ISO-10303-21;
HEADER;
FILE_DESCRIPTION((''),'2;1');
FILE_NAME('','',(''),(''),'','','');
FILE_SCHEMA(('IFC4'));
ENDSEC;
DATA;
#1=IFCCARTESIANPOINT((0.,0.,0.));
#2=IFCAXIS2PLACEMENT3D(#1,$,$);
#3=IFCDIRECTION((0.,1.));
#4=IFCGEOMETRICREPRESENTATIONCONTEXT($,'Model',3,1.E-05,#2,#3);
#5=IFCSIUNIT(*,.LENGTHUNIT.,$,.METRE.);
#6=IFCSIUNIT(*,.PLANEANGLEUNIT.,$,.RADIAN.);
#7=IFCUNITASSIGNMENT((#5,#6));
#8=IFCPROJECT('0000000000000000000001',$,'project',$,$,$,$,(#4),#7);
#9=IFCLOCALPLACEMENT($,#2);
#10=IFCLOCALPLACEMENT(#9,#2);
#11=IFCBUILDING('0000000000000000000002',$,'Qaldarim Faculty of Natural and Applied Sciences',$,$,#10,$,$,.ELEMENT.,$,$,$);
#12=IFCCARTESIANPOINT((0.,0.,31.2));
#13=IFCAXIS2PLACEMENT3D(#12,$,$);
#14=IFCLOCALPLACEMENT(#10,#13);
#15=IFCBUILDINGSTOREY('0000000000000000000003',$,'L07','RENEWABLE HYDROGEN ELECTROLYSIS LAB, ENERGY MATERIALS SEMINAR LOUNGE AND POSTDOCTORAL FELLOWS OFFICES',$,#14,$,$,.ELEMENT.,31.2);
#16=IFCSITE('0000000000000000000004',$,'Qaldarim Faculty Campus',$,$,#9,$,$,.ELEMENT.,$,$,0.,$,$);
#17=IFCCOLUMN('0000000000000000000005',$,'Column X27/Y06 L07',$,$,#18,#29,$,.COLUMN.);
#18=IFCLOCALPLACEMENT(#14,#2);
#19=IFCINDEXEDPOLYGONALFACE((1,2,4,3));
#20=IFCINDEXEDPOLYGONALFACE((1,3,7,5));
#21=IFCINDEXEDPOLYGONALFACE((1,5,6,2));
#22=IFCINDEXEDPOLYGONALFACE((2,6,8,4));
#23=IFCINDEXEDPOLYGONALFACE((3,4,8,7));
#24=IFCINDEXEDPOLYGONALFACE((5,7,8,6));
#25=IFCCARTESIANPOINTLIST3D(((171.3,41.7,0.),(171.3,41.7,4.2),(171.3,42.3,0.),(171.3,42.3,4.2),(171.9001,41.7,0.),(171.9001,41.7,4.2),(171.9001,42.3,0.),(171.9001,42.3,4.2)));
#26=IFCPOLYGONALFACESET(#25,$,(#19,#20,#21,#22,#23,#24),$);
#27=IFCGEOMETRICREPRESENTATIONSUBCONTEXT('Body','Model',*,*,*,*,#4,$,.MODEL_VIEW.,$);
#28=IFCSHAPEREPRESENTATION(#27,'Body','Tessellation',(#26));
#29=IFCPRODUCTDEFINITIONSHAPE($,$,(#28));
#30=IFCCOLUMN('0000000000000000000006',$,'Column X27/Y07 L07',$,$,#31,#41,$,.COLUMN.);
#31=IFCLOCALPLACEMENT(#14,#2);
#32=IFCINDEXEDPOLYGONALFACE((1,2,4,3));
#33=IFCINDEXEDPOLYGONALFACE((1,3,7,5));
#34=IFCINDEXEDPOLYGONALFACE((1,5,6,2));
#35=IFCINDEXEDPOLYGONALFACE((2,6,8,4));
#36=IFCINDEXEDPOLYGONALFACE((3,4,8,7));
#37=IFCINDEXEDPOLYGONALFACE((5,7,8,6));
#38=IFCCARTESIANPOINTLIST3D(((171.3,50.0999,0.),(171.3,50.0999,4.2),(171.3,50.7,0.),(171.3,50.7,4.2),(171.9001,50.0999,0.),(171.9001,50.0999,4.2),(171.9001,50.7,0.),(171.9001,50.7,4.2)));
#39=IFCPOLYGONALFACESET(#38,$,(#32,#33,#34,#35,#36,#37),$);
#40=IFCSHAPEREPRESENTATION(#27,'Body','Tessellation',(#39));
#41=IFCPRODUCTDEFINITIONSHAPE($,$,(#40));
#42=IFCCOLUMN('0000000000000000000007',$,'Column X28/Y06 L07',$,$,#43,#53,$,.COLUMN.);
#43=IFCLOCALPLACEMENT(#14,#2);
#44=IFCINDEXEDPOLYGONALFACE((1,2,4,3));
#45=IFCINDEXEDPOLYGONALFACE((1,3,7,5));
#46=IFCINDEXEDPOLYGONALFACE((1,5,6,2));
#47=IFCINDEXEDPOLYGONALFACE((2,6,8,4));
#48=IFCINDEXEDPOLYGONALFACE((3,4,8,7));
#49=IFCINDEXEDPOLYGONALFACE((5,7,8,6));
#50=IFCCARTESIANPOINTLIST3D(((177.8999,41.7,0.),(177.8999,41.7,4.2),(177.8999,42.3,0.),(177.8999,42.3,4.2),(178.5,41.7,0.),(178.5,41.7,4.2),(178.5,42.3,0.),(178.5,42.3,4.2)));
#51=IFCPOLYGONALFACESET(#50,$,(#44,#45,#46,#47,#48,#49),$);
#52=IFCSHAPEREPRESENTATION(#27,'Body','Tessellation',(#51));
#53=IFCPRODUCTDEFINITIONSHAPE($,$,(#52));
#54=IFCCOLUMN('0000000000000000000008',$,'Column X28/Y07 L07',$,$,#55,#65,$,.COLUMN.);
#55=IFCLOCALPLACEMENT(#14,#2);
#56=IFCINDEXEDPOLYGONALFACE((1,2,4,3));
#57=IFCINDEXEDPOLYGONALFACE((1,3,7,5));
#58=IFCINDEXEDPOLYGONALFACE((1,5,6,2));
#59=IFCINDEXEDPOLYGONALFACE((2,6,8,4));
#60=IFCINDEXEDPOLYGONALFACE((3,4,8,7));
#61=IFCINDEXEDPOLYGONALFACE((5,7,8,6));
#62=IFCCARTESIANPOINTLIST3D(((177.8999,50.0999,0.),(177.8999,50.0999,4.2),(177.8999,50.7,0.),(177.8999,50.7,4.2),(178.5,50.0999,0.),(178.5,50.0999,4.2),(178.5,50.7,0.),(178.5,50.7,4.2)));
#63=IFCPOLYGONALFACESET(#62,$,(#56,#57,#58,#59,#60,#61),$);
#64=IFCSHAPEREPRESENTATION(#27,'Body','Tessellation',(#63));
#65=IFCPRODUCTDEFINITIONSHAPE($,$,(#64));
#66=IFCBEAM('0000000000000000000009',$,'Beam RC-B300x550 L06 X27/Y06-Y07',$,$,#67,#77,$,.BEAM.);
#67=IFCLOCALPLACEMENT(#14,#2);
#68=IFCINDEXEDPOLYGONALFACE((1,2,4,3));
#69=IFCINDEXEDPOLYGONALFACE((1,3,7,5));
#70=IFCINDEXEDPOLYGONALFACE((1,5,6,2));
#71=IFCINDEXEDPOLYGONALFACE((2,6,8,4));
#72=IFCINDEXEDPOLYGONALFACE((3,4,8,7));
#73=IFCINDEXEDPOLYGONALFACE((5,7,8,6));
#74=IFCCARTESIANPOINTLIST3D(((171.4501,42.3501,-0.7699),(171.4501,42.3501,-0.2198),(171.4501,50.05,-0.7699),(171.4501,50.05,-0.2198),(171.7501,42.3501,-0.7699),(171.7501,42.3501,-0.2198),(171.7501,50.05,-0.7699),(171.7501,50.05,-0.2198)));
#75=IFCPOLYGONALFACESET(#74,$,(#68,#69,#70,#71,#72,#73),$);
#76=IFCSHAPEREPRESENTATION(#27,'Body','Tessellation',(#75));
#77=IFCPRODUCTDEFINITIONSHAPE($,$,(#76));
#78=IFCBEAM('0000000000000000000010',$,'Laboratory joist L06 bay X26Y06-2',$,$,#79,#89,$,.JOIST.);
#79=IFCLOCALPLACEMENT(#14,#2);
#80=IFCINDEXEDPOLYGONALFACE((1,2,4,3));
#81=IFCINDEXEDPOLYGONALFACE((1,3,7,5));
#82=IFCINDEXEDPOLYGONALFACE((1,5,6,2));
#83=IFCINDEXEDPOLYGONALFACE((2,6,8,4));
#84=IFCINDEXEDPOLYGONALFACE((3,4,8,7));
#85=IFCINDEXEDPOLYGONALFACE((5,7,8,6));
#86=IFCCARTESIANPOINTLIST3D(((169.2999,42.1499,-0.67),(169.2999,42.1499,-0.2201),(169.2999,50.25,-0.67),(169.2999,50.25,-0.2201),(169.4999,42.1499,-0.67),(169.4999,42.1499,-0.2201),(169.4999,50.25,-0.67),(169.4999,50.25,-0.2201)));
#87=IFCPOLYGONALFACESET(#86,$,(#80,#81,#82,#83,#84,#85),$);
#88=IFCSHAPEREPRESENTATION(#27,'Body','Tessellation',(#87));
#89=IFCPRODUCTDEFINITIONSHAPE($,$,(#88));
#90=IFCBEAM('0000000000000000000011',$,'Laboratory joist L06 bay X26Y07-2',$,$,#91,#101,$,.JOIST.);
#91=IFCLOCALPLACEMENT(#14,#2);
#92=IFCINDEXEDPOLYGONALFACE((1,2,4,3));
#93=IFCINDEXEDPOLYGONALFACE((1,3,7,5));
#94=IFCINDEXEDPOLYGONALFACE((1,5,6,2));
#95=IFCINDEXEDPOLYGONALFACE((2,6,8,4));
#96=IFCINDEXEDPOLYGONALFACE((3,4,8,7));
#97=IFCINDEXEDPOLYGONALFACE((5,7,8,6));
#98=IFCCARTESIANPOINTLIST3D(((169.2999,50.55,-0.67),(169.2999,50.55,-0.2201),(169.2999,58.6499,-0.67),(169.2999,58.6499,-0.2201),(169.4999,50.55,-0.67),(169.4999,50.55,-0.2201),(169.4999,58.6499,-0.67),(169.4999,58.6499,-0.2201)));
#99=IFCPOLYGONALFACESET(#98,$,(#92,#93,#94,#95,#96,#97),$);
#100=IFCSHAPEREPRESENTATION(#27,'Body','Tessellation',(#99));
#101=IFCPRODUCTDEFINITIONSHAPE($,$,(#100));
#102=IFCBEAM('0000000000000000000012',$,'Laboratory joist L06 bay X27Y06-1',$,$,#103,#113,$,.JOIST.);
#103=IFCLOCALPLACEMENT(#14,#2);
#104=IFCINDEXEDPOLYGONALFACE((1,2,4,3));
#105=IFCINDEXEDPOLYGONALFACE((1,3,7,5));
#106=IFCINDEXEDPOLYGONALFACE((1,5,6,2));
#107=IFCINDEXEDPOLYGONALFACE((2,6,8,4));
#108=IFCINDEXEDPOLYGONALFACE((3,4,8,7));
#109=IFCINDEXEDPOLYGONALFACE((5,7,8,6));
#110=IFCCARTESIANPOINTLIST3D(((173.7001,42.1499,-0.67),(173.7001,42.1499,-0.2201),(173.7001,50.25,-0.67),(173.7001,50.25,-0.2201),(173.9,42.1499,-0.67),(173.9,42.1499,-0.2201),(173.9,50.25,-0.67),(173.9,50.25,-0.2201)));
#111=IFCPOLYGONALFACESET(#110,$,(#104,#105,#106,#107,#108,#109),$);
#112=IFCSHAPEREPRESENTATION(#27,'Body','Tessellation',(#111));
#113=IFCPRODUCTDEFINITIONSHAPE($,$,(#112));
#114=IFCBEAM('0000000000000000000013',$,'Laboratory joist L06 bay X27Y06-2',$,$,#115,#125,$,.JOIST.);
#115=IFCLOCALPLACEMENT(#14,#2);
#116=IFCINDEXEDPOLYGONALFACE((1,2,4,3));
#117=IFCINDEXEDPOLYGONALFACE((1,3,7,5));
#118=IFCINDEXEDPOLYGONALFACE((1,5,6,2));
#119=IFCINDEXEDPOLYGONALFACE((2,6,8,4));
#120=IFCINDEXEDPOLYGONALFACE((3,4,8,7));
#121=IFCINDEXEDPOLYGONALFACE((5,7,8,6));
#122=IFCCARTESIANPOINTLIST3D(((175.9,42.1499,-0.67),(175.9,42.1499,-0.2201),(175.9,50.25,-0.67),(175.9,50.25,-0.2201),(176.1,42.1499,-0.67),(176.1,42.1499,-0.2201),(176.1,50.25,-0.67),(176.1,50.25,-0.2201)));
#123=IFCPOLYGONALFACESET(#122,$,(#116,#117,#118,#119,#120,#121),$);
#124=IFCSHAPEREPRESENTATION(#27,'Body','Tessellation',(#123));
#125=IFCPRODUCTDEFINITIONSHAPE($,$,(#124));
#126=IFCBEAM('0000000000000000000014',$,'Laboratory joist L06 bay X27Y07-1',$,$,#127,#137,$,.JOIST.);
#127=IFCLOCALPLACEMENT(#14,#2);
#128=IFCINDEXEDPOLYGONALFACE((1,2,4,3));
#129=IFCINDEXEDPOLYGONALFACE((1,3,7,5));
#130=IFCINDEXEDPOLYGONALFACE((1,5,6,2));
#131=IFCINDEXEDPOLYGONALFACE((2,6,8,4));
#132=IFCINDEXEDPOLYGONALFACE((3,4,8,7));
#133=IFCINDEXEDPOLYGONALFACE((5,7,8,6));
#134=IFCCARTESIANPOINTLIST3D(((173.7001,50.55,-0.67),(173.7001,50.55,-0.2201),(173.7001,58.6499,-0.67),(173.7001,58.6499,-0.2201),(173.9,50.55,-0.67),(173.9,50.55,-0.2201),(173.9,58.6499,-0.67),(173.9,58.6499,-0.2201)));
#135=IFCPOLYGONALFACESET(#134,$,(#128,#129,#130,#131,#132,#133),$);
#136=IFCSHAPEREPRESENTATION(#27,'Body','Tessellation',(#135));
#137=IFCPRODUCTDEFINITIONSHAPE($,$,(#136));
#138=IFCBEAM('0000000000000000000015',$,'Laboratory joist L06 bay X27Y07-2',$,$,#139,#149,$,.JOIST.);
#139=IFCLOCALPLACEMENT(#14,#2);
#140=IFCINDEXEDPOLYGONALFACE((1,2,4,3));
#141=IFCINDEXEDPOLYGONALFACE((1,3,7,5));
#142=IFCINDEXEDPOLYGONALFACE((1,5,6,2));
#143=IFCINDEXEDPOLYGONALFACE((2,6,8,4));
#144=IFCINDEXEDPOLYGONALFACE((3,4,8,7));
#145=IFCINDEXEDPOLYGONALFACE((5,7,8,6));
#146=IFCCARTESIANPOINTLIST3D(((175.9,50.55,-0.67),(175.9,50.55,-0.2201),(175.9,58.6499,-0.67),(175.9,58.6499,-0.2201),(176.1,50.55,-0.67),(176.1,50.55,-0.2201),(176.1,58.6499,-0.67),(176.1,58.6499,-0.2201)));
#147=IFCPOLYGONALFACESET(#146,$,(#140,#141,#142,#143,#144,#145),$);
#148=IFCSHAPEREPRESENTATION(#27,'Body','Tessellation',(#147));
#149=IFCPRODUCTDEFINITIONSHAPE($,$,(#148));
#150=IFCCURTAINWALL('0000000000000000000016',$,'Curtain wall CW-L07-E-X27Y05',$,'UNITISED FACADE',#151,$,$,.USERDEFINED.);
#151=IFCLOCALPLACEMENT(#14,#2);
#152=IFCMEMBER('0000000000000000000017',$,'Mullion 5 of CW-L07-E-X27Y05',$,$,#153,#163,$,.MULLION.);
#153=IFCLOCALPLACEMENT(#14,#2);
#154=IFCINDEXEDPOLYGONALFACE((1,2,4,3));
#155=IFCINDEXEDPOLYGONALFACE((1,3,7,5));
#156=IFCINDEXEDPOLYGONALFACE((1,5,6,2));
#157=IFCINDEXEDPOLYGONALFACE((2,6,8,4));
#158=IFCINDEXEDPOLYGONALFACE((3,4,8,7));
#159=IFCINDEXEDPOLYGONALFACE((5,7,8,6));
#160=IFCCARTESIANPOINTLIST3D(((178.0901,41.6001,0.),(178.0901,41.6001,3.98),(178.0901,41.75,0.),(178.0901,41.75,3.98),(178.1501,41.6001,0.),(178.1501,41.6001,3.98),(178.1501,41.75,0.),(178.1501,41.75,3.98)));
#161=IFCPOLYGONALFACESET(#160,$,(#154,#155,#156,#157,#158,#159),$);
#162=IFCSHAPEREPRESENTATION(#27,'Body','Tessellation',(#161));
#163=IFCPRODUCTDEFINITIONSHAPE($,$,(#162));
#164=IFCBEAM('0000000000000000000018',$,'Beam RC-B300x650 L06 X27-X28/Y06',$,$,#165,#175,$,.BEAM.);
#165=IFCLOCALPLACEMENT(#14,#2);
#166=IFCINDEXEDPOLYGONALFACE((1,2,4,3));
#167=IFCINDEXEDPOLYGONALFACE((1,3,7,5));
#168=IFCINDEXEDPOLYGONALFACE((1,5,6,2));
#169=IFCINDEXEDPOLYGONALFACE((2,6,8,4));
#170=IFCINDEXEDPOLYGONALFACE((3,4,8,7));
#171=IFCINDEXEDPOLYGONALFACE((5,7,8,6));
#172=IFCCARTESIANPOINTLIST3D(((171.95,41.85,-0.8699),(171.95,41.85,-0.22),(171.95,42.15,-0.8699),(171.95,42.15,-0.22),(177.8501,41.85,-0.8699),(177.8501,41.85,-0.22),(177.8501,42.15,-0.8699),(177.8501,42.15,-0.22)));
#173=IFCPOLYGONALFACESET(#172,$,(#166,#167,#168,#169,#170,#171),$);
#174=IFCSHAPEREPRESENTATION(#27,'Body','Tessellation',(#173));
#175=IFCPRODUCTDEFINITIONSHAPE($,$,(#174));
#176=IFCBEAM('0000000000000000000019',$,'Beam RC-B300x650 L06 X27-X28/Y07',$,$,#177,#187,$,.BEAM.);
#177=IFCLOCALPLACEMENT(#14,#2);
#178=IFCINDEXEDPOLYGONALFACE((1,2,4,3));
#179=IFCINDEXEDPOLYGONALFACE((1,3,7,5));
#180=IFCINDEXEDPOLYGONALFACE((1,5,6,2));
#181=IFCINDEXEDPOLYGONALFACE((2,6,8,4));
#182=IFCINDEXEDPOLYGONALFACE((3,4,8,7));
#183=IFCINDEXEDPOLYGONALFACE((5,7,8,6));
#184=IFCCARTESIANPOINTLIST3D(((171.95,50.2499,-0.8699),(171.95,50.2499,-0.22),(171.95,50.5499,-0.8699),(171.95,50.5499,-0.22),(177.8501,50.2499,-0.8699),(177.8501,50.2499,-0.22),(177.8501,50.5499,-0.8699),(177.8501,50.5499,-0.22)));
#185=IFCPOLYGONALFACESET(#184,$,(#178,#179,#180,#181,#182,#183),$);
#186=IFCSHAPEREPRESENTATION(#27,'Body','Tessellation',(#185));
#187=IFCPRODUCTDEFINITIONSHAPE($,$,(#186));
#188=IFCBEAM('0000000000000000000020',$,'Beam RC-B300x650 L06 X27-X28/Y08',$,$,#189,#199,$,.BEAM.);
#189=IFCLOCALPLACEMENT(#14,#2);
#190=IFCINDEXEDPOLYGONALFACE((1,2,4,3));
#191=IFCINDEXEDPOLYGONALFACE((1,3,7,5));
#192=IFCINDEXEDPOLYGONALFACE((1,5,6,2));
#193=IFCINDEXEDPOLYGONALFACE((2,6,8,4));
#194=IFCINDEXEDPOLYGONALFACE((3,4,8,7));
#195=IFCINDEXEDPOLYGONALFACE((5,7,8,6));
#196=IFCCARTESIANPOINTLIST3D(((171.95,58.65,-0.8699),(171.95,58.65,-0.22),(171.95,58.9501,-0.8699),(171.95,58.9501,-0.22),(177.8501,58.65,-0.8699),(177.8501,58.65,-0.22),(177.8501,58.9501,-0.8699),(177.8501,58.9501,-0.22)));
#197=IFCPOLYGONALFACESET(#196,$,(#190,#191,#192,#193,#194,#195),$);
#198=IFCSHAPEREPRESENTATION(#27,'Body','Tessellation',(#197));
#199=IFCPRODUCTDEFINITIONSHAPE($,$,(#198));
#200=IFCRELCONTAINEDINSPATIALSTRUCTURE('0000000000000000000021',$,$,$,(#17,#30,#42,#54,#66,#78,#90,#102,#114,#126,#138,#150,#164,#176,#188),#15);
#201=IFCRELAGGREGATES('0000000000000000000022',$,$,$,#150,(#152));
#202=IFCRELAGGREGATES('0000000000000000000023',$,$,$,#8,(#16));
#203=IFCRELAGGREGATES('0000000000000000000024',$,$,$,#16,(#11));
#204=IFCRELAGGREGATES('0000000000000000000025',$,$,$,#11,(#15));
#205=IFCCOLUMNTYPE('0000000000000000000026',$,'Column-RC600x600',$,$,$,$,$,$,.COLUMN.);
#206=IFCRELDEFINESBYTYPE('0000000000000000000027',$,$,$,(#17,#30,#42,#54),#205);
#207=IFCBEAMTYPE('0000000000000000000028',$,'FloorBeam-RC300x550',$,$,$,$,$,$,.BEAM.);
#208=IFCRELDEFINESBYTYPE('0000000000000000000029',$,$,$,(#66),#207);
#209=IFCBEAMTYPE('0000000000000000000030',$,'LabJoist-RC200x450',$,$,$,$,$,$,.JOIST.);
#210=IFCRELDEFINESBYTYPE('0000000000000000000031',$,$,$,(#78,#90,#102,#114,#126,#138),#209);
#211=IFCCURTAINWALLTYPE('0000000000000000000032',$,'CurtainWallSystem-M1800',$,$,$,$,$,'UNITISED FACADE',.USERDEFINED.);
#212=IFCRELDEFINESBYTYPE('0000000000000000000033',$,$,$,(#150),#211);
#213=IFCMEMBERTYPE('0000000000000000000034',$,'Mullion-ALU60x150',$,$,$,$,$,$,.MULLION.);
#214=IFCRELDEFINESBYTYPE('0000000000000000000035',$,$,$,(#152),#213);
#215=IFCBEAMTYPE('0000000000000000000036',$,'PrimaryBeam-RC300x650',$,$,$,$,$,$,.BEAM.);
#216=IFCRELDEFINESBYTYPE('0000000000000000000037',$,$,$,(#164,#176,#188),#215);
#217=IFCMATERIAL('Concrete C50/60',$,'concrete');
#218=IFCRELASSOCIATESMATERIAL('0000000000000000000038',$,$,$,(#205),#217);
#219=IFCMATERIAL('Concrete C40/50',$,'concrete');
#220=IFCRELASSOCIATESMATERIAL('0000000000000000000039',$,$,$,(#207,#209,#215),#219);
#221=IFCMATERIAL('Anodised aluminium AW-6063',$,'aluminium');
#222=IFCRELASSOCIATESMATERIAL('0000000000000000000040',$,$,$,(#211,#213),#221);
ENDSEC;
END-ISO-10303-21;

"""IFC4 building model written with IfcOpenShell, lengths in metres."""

from ifc_helpers import new_model, si_unit, direction, frame, origin, origin_2d, place, context, subcontext, project, spatial, rectangle, extrude, material, material_profile, profile_set, type_object, element, aggregate, save


model = new_model("IFC4")

# Units and contexts
model_context = context("Model", 3, precision=1e-05, world=origin(), true_north=direction((0.0, 1.0)))
body_context = subcontext(model_context, "Body", "Model", "MODEL_VIEW")
ifc_project = project(units=[si_unit("LENGTHUNIT", "METRE"), si_unit("PLANEANGLEUNIT", "RADIAN")], contexts=[model_context])

# Site, building, storey
site_placement = place(None, origin())
site = spatial("IfcSite", under=ifc_project, at=site_placement, Name="Qaldarim Faculty Campus", CompositionType="ELEMENT", RefElevation=0.0)
building_placement = place(site_placement, origin())
building = spatial("IfcBuilding", under=site, at=building_placement, Name="Qaldarim Faculty of Natural and Applied Sciences", CompositionType="ELEMENT")
storey_placement = place(building_placement, frame((0.0, 0.0, 31.2)))
storey = spatial("IfcBuildingStorey", under=building, at=storey_placement, Name="L07", Description="RENEWABLE HYDROGEN ELECTROLYSIS LAB, ENERGY MATERIALS SEMINAR LOUNGE AND POSTDOCTORAL FELLOWS OFFICES", CompositionType="ELEMENT", Elevation=31.2)

# Columns
ifc_material_1 = material(Name="Concrete C50/60", Category="concrete")
ifc_material_profile_1 = material_profile(ifc_material_1, rectangle(XDim=0.6001, YDim=0.6001, at=origin_2d()), Name="RC-C600x600")
ifc_profile_set_1 = profile_set([ifc_material_profile_1], Name="Concrete C50/60")
column_type = type_object("IfcColumnType", Name="Column-RC600x600", PredefinedType="COLUMN", material=ifc_profile_set_1)
for number, where, z_axis, x_axis, name in (
    (1, (171.6001, 42.0, 0.0), (0.0, 0.0, 1.0), (1.0, 0.0, 0.0), "Column X27/Y06 L07"),
    (2, (171.6001, 50.3999, 0.0), (0.0, 0.0, 1.0), (1.0, 0.0, 0.0), "Column X27/Y07 L07"),
    (3, (178.2, 42.0, 0.0), (0.0, 0.0, 1.0), (1.0, 0.0, 0.0), "Column X28/Y06 L07"),
    (4, (178.2, 50.3999, 0.0), (0.0, 0.0, 1.0), (1.0, 0.0, 0.0), "Column X28/Y07 L07"),
):
    element("IfcColumn", number, at=place(storey_placement, frame(where, z_axis=z_axis, x_axis=x_axis)), inside=storey, type_object=column_type, Name=name, PredefinedType="COLUMN", context=body_context, shape_type="SweptSolid", body=[
        extrude(rectangle(XDim=0.6001, YDim=0.6001, at=origin_2d()), origin(), (0.0, 0.0, 1.0), 4.2),
    ])

# Beams
ifc_material_2 = material(Name="Concrete C40/50", Category="concrete")
ifc_material_profile_2 = material_profile(ifc_material_2, rectangle(XDim=0.3, YDim=0.55, at=origin_2d()), Name="RC-B300x550")
ifc_profile_set_2 = profile_set([ifc_material_profile_2], Name="Concrete C40/50")
beam_type_1 = type_object("IfcBeamType", Name="FloorBeam-RC300x550", PredefinedType="BEAM", material=ifc_profile_set_2)
beam_1_placement = place(storey_placement, frame((171.6001, 42.3501, -0.4949), z_axis=(0.0, 1.0, 0.0), x_axis=(-1.0, 0.0, 0.0)))
element("IfcBeam", 5, at=beam_1_placement, inside=storey, type_object=beam_type_1, Name="Beam RC-B300x550 L06 X27/Y06-Y07", PredefinedType="BEAM", context=body_context, shape_type="SweptSolid", body=[
    extrude(rectangle(XDim=0.3, YDim=0.55, at=origin_2d()), origin(), (0.0, 0.0, 1.0), 7.7),
])
ifc_material_profile_3 = material_profile(ifc_material_2, rectangle(XDim=0.2, YDim=0.45, at=origin_2d()), Name="RC-J200x450")
ifc_profile_set_3 = profile_set([ifc_material_profile_3], Name="Concrete C40/50")
beam_type_2 = type_object("IfcBeamType", Name="LabJoist-RC200x450", PredefinedType="JOIST", material=ifc_profile_set_3)
beam_2_placement = place(storey_placement, frame((169.3999, 42.1499, -0.4451), z_axis=(0.0, 1.0, 0.0), x_axis=(-1.0, 0.0, 0.0)))
element("IfcBeam", 6, at=beam_2_placement, inside=storey, type_object=beam_type_2, Name="Laboratory joist L06 bay X26Y06-2", PredefinedType="JOIST", context=body_context, shape_type="SweptSolid", body=[
    extrude(rectangle(XDim=0.2, YDim=0.45, at=origin_2d()), origin(), (0.0, 0.0, 1.0), 8.1001),
])
beam_3_placement = place(storey_placement, frame((169.3999, 50.55, -0.4451), z_axis=(0.0, 1.0, 0.0), x_axis=(-1.0, 0.0, 0.0)))
element("IfcBeam", 7, at=beam_3_placement, inside=storey, type_object=beam_type_2, Name="Laboratory joist L06 bay X26Y07-2", PredefinedType="JOIST", context=body_context, shape_type="SweptSolid", body=[
    extrude(rectangle(XDim=0.2, YDim=0.45, at=origin_2d()), origin(), (0.0, 0.0, 1.0), 8.0999),
])
for number, where, z_axis, x_axis, name in (
    (8, (173.8, 42.1499, -0.4451), (0.0, 1.0, 0.0), (-1.0, 0.0, 0.0), "Laboratory joist L06 bay X27Y06-1"),
    (9, (176.0, 42.1499, -0.4451), (0.0, 1.0, 0.0), (-1.0, 0.0, 0.0), "Laboratory joist L06 bay X27Y06-2"),
):
    element("IfcBeam", number, at=place(storey_placement, frame(where, z_axis=z_axis, x_axis=x_axis)), inside=storey, type_object=beam_type_2, Name=name, PredefinedType="JOIST", context=body_context, shape_type="SweptSolid", body=[
        extrude(rectangle(XDim=0.2, YDim=0.45, at=origin_2d()), origin(), (0.0, 0.0, 1.0), 8.1001),
    ])
for number, where, z_axis, x_axis, name in (
    (10, (173.8, 50.55, -0.4451), (0.0, 1.0, 0.0), (-1.0, 0.0, 0.0), "Laboratory joist L06 bay X27Y07-1"),
    (11, (176.0, 50.55, -0.4451), (0.0, 1.0, 0.0), (-1.0, 0.0, 0.0), "Laboratory joist L06 bay X27Y07-2"),
):
    element("IfcBeam", number, at=place(storey_placement, frame(where, z_axis=z_axis, x_axis=x_axis)), inside=storey, type_object=beam_type_2, Name=name, PredefinedType="JOIST", context=body_context, shape_type="SweptSolid", body=[
        extrude(rectangle(XDim=0.2, YDim=0.45, at=origin_2d()), origin(), (0.0, 0.0, 1.0), 8.0999),
    ])

# Curtain wall, member
ifc_material_3 = material(Name="Anodised aluminium AW-6063", Category="aluminium")
curtain_wall_type = type_object("IfcCurtainWallType", Name="CurtainWallSystem-M1800", ElementType="UNITISED FACADE", PredefinedType="USERDEFINED", material=ifc_material_3)
curtain_wall_placement = place(storey_placement, origin())
curtain_wall = element("IfcCurtainWall", 12, at=curtain_wall_placement, inside=storey, type_object=curtain_wall_type, Name="Curtain wall CW-L07-E-X27Y05", ObjectType="UNITISED FACADE", PredefinedType="USERDEFINED")
ifc_material_profile_4 = material_profile(ifc_material_3, rectangle(XDim=0.0601, YDim=0.1499, at=origin_2d()), Name="ALU-M60x150")
ifc_profile_set_4 = profile_set([ifc_material_profile_4], Name="Anodised aluminium AW-6063")
member_type = type_object("IfcMemberType", Name="Mullion-ALU60x150", PredefinedType="MULLION", material=ifc_profile_set_4)
member_placement = place(storey_placement, frame((178.1201, 41.675, 0.0), z_axis=(0.0, 0.0, 1.0), x_axis=(-1.0, 0.0, 0.0)))
member = element("IfcMember", 13, at=member_placement, type_object=member_type, Name="Mullion 5 of CW-L07-E-X27Y05", PredefinedType="MULLION", context=body_context, shape_type="SweptSolid", body=[
    extrude(rectangle(XDim=0.0601, YDim=0.1499, at=origin_2d()), origin(), (0.0, 0.0, 1.0), 3.98),
])

# Beams
ifc_material_profile_5 = material_profile(ifc_material_2, rectangle(XDim=0.3, YDim=0.6499, at=origin_2d()), Name="RC-B300x650")
ifc_profile_set_5 = profile_set([ifc_material_profile_5], Name="Concrete C40/50")
beam_type_3 = type_object("IfcBeamType", Name="PrimaryBeam-RC300x650", PredefinedType="BEAM", material=ifc_profile_set_5)
for number, where, z_axis, x_axis, name in (
    (14, (171.95, 42.0, -0.5449), (1.0, 0.0, 0.0), (0.0, 1.0, 0.0), "Beam RC-B300x650 L06 X27-X28/Y06"),
    (15, (171.95, 50.3999, -0.5449), (1.0, 0.0, 0.0), (0.0, 1.0, 0.0), "Beam RC-B300x650 L06 X27-X28/Y07"),
    (16, (171.95, 58.8, -0.5449), (1.0, 0.0, 0.0), (0.0, 1.0, 0.0), "Beam RC-B300x650 L06 X27-X28/Y08"),
):
    element("IfcBeam", number, at=place(storey_placement, frame(where, z_axis=z_axis, x_axis=x_axis)), inside=storey, type_object=beam_type_3, Name=name, PredefinedType="BEAM", context=body_context, shape_type="SweptSolid", body=[
        extrude(rectangle(XDim=0.3, YDim=0.6499, at=origin_2d()), origin(), (0.0, 0.0, 1.0), 5.9001),
    ])

aggregate(curtain_wall, [member])

save(model, "model.ifc")
